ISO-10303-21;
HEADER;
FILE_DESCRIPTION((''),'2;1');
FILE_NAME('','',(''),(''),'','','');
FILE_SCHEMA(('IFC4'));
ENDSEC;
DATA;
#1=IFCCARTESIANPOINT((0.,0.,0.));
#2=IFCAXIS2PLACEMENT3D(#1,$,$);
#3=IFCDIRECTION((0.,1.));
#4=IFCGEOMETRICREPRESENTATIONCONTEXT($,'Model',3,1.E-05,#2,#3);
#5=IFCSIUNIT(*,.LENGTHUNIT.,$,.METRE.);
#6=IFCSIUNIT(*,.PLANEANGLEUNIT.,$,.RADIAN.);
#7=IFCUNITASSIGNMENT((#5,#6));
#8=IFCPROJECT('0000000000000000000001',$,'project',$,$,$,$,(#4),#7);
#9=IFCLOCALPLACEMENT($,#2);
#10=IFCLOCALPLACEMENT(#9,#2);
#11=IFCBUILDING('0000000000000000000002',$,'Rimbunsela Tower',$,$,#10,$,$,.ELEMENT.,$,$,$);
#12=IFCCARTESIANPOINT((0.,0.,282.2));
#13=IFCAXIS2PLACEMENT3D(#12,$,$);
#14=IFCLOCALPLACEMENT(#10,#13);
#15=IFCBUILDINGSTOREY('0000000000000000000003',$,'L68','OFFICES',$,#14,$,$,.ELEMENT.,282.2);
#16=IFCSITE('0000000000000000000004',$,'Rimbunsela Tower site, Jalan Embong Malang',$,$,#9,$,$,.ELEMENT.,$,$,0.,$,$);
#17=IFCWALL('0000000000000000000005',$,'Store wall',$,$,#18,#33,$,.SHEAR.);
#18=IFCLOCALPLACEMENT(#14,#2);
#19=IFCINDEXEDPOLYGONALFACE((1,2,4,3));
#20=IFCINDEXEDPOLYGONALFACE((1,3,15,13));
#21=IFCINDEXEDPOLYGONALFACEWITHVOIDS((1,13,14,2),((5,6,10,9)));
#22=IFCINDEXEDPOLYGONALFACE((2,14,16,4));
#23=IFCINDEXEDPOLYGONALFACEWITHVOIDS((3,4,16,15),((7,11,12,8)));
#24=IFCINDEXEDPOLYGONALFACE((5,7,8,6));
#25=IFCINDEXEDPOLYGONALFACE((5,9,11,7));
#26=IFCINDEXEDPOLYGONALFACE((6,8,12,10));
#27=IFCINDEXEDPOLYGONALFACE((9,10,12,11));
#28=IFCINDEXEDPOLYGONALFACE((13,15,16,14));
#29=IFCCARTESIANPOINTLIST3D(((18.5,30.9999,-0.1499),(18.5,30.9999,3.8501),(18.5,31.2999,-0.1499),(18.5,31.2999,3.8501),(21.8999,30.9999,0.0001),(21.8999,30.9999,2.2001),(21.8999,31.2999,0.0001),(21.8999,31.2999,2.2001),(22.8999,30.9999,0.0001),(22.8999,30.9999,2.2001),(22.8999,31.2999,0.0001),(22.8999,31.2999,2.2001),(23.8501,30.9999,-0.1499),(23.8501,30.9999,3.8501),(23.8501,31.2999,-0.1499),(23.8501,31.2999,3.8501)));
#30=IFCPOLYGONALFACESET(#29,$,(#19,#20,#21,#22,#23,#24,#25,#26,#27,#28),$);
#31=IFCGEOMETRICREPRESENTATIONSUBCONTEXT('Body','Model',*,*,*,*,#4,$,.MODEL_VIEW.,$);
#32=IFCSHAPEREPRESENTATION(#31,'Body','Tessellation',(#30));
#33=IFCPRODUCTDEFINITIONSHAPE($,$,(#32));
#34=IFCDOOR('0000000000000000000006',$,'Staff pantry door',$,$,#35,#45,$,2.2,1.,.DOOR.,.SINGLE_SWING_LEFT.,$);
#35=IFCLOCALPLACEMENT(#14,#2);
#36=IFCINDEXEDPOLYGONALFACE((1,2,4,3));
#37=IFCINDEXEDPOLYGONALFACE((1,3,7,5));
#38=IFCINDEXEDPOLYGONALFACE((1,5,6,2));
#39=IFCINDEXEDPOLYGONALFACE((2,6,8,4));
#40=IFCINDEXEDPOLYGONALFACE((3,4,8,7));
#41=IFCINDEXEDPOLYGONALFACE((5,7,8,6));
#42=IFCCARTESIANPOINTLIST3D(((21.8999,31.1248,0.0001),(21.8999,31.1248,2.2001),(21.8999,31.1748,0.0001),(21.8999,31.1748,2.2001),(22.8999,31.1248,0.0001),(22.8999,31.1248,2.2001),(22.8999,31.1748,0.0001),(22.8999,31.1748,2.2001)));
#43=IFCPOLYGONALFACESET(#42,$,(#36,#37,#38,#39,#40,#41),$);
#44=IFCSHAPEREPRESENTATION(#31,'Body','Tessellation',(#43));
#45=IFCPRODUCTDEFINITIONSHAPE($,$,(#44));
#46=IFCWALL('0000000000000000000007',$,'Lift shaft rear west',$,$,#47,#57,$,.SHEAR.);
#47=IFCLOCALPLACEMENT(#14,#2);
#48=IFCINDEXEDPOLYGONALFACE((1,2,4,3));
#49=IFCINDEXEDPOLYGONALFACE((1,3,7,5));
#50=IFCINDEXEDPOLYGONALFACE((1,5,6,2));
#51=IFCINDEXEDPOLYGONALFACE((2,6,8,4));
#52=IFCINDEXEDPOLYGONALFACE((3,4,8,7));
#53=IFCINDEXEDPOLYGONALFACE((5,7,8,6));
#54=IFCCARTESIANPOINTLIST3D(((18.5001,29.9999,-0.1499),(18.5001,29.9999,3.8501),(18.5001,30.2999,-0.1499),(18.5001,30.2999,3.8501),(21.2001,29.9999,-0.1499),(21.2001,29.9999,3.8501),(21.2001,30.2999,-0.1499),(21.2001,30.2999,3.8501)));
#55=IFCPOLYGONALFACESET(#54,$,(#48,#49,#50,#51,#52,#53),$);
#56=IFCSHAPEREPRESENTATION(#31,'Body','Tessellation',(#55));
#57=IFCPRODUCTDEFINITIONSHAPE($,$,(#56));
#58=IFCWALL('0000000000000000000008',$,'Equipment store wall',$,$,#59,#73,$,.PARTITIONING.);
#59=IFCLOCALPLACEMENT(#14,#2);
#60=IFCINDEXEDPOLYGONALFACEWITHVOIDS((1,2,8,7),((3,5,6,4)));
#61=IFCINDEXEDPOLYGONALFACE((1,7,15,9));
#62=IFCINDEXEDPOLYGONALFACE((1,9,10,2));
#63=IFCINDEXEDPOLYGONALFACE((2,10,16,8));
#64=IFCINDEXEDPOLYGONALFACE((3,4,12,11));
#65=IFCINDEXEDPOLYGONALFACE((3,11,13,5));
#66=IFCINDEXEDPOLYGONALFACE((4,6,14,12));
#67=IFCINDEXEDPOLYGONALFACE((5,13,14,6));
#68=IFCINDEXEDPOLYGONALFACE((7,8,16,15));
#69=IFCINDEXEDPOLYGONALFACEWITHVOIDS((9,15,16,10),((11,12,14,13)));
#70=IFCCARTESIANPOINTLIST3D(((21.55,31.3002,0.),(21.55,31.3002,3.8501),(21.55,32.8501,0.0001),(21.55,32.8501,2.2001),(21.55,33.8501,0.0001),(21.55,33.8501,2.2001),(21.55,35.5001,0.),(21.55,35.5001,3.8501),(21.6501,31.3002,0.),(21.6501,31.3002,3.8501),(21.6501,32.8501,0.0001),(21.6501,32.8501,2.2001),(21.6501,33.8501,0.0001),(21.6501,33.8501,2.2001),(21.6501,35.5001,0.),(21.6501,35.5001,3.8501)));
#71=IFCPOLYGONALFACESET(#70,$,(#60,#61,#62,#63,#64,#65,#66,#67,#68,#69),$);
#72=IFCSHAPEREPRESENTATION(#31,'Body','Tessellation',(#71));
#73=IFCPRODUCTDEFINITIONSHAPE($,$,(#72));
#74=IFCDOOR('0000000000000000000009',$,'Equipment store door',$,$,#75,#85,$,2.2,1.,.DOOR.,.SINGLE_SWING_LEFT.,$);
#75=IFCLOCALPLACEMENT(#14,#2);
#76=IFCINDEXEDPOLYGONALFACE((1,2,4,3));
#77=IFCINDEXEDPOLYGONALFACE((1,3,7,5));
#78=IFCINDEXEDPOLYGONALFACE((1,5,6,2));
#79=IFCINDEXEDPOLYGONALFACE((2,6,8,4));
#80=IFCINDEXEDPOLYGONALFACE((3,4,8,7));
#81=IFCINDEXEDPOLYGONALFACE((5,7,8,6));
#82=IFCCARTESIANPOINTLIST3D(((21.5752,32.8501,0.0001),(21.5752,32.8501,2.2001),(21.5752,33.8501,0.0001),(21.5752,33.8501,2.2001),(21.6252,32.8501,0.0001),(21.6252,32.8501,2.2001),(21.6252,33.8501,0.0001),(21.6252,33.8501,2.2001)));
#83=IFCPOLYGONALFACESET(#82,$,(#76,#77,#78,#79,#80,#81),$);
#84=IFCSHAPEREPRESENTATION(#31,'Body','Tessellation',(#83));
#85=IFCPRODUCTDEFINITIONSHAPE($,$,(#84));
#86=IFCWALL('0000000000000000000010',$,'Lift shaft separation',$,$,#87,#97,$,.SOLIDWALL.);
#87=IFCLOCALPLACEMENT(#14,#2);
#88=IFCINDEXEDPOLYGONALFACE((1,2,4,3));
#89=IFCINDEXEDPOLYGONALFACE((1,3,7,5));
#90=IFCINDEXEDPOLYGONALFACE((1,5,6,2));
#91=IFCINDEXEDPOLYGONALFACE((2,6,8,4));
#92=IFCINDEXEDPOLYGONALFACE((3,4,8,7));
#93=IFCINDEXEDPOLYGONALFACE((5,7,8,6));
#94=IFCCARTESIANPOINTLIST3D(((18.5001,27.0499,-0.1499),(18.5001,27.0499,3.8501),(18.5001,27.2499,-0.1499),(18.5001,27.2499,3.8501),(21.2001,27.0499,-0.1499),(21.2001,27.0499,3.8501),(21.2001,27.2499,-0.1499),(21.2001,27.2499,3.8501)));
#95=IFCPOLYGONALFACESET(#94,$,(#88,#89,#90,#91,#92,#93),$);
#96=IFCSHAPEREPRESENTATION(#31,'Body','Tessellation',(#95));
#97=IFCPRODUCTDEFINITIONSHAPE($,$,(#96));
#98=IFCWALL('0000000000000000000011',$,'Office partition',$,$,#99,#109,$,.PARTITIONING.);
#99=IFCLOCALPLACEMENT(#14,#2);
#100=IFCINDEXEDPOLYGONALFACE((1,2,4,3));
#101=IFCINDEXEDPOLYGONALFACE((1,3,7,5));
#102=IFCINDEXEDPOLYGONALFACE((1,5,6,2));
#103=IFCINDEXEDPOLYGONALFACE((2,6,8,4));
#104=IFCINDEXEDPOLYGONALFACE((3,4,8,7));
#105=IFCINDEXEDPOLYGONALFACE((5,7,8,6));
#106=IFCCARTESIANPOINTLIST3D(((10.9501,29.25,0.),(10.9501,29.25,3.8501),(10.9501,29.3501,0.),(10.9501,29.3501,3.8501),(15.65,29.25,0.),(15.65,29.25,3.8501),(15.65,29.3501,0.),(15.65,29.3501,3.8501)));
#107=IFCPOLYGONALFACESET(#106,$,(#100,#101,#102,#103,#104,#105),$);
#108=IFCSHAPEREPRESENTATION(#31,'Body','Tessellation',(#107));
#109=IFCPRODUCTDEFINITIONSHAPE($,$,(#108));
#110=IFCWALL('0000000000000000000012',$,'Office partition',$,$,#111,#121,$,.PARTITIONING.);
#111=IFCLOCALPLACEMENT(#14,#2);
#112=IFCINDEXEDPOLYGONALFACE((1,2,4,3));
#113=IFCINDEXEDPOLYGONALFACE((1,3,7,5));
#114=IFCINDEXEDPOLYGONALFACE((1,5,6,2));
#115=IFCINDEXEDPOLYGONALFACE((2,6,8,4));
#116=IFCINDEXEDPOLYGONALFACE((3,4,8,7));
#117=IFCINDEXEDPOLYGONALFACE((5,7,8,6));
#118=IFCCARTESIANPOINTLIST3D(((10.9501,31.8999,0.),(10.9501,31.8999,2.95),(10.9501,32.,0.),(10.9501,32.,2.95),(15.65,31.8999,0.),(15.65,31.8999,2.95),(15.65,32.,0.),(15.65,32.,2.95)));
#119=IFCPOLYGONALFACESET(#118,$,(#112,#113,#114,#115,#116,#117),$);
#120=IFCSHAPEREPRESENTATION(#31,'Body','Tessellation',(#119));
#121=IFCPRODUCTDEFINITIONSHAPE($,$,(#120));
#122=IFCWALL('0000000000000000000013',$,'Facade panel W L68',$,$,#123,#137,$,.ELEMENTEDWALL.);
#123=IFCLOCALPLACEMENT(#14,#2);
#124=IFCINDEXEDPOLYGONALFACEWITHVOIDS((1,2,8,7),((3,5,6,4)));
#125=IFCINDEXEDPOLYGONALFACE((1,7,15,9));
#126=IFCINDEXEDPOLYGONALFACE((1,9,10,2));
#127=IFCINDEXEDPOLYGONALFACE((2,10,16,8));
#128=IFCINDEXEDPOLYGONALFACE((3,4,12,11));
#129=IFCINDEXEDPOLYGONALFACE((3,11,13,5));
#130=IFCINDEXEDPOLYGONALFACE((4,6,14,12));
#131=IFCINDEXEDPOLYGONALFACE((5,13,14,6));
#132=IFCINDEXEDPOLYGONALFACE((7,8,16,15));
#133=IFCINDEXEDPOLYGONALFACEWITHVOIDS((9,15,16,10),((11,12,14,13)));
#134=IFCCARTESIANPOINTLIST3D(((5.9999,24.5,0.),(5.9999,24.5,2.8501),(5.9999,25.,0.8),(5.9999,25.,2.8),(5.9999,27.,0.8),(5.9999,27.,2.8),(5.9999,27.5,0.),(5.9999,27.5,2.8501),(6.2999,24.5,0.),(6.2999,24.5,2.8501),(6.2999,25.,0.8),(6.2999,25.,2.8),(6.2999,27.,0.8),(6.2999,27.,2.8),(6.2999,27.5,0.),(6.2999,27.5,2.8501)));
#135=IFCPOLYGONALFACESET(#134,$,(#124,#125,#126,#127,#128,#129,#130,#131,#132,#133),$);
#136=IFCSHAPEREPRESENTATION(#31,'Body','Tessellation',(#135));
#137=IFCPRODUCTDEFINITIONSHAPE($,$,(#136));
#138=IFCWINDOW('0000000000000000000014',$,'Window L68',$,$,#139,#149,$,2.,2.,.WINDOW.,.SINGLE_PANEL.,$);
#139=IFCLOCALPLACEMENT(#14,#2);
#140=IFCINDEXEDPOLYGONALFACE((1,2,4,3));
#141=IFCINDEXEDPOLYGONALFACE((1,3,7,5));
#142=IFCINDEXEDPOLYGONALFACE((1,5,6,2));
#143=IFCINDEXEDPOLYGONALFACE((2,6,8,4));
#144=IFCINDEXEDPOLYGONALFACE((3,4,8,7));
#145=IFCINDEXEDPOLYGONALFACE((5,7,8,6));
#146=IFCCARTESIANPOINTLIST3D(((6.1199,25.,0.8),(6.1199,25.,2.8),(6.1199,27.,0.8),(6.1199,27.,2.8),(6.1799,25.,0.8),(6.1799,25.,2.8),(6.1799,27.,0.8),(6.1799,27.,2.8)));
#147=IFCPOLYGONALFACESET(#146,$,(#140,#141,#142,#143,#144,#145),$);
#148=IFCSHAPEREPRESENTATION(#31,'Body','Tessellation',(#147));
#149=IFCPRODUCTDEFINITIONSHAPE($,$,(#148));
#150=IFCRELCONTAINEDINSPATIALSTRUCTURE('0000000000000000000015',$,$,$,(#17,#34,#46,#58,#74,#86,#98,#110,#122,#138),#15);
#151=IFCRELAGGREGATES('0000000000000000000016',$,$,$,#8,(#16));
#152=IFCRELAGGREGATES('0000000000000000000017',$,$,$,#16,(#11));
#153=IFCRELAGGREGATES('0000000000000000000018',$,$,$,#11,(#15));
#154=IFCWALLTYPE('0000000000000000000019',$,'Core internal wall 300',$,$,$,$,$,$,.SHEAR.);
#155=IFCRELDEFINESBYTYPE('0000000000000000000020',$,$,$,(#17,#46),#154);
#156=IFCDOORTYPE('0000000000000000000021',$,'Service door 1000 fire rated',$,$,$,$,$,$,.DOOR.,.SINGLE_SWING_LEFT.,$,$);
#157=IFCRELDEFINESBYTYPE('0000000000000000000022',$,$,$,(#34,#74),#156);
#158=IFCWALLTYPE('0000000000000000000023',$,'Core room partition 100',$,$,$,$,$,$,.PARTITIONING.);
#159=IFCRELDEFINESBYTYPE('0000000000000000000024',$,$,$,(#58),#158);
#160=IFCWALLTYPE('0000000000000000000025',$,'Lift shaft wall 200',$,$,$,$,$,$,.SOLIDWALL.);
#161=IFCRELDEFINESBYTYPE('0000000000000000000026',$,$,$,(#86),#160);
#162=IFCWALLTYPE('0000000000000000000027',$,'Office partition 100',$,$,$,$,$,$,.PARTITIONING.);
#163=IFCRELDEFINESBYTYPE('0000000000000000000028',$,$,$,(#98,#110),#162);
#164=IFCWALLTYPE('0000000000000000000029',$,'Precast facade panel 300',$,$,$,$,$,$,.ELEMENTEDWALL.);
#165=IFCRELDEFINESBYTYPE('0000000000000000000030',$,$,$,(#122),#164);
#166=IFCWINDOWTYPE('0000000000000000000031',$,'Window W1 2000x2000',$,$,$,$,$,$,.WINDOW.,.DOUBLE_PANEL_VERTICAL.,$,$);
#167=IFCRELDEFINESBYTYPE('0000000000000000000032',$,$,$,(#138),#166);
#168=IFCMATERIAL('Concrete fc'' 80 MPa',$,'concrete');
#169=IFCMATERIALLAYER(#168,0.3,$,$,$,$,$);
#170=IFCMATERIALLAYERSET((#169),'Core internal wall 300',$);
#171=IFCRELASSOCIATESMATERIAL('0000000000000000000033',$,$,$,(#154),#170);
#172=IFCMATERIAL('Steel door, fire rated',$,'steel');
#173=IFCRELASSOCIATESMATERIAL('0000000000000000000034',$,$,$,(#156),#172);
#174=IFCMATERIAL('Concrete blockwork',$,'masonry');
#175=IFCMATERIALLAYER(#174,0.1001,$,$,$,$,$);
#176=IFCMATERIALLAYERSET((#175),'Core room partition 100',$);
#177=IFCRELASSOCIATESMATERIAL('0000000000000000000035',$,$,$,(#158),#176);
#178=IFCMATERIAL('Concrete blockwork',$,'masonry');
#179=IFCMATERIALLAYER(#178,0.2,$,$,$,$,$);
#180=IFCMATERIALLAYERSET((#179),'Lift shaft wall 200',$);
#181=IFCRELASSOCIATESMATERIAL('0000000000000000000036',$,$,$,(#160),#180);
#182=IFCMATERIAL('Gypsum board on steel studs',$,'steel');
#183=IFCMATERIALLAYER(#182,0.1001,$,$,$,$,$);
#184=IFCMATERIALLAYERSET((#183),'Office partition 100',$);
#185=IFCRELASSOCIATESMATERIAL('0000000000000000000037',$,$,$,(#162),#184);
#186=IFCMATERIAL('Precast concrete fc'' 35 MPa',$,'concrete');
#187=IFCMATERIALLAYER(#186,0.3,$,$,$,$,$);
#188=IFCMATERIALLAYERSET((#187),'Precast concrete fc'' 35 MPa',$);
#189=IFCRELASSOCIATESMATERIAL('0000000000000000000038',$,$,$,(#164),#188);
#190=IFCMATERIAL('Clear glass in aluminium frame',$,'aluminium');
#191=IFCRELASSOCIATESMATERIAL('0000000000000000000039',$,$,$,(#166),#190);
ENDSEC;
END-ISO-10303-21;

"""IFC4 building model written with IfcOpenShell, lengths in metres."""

from ifc_helpers import new_model, si_unit, direction, frame, frame_2d, origin, place, context, subcontext, project, spatial, rectangle, extrude, material, layer, layer_set, type_object, element, fill, save


model = new_model("IFC4")

# Units and contexts
model_context = context("Model", 3, precision=1e-05, world=origin(), true_north=direction((0.0, 1.0)))
body_context = subcontext(model_context, "Body", "Model", "MODEL_VIEW")
ifc_project = project(units=[si_unit("LENGTHUNIT", "METRE"), si_unit("PLANEANGLEUNIT", "RADIAN")], contexts=[model_context])

# Site, building, storey
site_placement = place(None, origin())
site = spatial("IfcSite", under=ifc_project, at=site_placement, Name="Rimbunsela Tower site, Jalan Embong Malang", CompositionType="ELEMENT", RefElevation=0.0)
building_placement = place(site_placement, origin())
building = spatial("IfcBuilding", under=site, at=building_placement, Name="Rimbunsela Tower", CompositionType="ELEMENT")
storey_placement = place(building_placement, frame((0.0, 0.0, 282.2)))
storey = spatial("IfcBuildingStorey", under=building, at=storey_placement, Name="L68", Description="OFFICES", CompositionType="ELEMENT", Elevation=282.2)

# Wall, opening, door
ifc_material_1 = material(Name="Concrete fc' 80 MPa", Category="concrete")
ifc_layer_1 = layer(ifc_material_1, 0.3)
ifc_layer_set_1 = layer_set([ifc_layer_1], Name="Core internal wall 300")
wall_type_1 = type_object("IfcWallType", Name="Core internal wall 300", PredefinedType="SHEAR", material=ifc_layer_set_1)
wall_1_placement = place(storey_placement, frame((18.5, 31.1499, -0.1499), z_axis=(0.0, 0.0, 1.0), x_axis=(1.0, 0.0, 0.0)))
wall_1 = element("IfcWall", 1, at=wall_1_placement, inside=storey, type_object=wall_type_1, Name="Store wall", PredefinedType="SHEAR", context=body_context, shape_type="SweptSolid", body=[
    extrude(rectangle(XDim=5.3501, YDim=0.3, at=frame_2d((2.675, 0.0))), origin(), (0.0, 0.0, 1.0), 4.0),
])
opening_1_placement = place(wall_1_placement, frame((3.3999, 0.0, 0.1499)))
opening_1 = element("IfcOpeningElement", 2, at=opening_1_placement, cuts=wall_1, PredefinedType="OPENING", context=body_context, shape_type="SweptSolid", body=[
    extrude(rectangle(XDim=1.0, YDim=2.2, at=frame_2d((0.5, 1.1001))), frame((0.0, 0.1599, 0.0), z_axis=(0.0, -1.0, 0.0), x_axis=(1.0, 0.0, 0.0)), (0.0, 0.0, 1.0), 0.3201),
])
ifc_material_2 = material(Name="Steel door, fire rated", Category="steel")
door_type = type_object("IfcDoorType", Name="Service door 1000 fire rated", OperationType="SINGLE_SWING_LEFT", PredefinedType="DOOR", material=ifc_material_2)
door_1_placement = place(opening_1_placement, origin())
door_1 = element("IfcDoor", 3, at=door_1_placement, inside=storey, type_object=door_type, Name="Staff pantry door", OperationType="SINGLE_SWING_LEFT", OverallHeight=2.2, OverallWidth=1.0, PredefinedType="DOOR", context=body_context, shape_type="SweptSolid", body=[
    extrude(rectangle(XDim=1.0, YDim=2.2, at=frame_2d((0.5, 1.1001))), frame((0.0, 0.0249, 0.0), z_axis=(0.0, -1.0, 0.0), x_axis=(1.0, 0.0, 0.0)), (0.0, 0.0, 1.0), 0.05),
])
fill(opening_1, door_1)

# Wall
wall_2_placement = place(storey_placement, frame((18.5, 30.1499, -0.1499), z_axis=(0.0, 0.0, 1.0), x_axis=(1.0, 0.0, 0.0)))
element("IfcWall", 4, at=wall_2_placement, inside=storey, type_object=wall_type_1, Name="Lift shaft rear west", PredefinedType="SHEAR", context=body_context, shape_type="SweptSolid", body=[
    extrude(rectangle(XDim=2.7, YDim=0.3, at=frame_2d((1.3501, 0.0))), origin(), (0.0, 0.0, 1.0), 4.0),
])

# Wall, opening, door
ifc_material_3 = material(Name="Concrete blockwork", Category="masonry")
ifc_layer_2 = layer(ifc_material_3, 0.1001)
ifc_layer_set_2 = layer_set([ifc_layer_2], Name="Core room partition 100")
wall_type_2 = type_object("IfcWallType", Name="Core room partition 100", PredefinedType="PARTITIONING", material=ifc_layer_set_2)
wall_3_placement = place(storey_placement, frame((21.6001, 31.3, 0.0), z_axis=(0.0, 0.0, 1.0), x_axis=(0.0, 1.0, 0.0)))
wall_3 = element("IfcWall", 5, at=wall_3_placement, inside=storey, type_object=wall_type_2, Name="Equipment store wall", PredefinedType="PARTITIONING", context=body_context, shape_type="SweptSolid", body=[
    extrude(rectangle(XDim=4.2, YDim=0.1001, at=frame_2d((2.1001, 0.0))), origin(), (0.0, 0.0, 1.0), 3.8501),
])
opening_2_placement = place(wall_3_placement, frame((1.55, 0.0, 0.0)))
opening_2 = element("IfcOpeningElement", 6, at=opening_2_placement, cuts=wall_3, PredefinedType="OPENING", context=body_context, shape_type="SweptSolid", body=[
    extrude(rectangle(XDim=1.0, YDim=2.2, at=frame_2d((0.5, 1.1001))), frame((0.0, 0.0601, 0.0), z_axis=(0.0, -1.0, 0.0), x_axis=(1.0, 0.0, 0.0)), (0.0, 0.0, 1.0), 0.1201),
])
door_2_placement = place(opening_2_placement, origin())
door_2 = element("IfcDoor", 7, at=door_2_placement, inside=storey, type_object=door_type, Name="Equipment store door", OperationType="SINGLE_SWING_LEFT", OverallHeight=2.2, OverallWidth=1.0, PredefinedType="DOOR", context=body_context, shape_type="SweptSolid", body=[
    extrude(rectangle(XDim=1.0, YDim=2.2, at=frame_2d((0.5, 1.1001))), frame((0.0, 0.0249, 0.0), z_axis=(0.0, -1.0, 0.0), x_axis=(1.0, 0.0, 0.0)), (0.0, 0.0, 1.0), 0.05),
])
fill(opening_2, door_2)

# Walls
ifc_material_4 = material(Name="Concrete blockwork", Category="masonry")
ifc_layer_3 = layer(ifc_material_4, 0.2)
ifc_layer_set_3 = layer_set([ifc_layer_3], Name="Lift shaft wall 200")
wall_type_3 = type_object("IfcWallType", Name="Lift shaft wall 200", PredefinedType="SOLIDWALL", material=ifc_layer_set_3)
wall_4_placement = place(storey_placement, frame((18.5, 27.1499, -0.1499), z_axis=(0.0, 0.0, 1.0), x_axis=(1.0, 0.0, 0.0)))
element("IfcWall", 8, at=wall_4_placement, inside=storey, type_object=wall_type_3, Name="Lift shaft separation", PredefinedType="SOLIDWALL", context=body_context, shape_type="SweptSolid", body=[
    extrude(rectangle(XDim=2.7, YDim=0.2, at=frame_2d((1.3501, 0.0))), origin(), (0.0, 0.0, 1.0), 4.0),
])
ifc_material_5 = material(Name="Gypsum board on steel studs", Category="steel")
ifc_layer_4 = layer(ifc_material_5, 0.1001)
ifc_layer_set_4 = layer_set([ifc_layer_4], Name="Office partition 100")
wall_type_4 = type_object("IfcWallType", Name="Office partition 100", PredefinedType="PARTITIONING", material=ifc_layer_set_4)
wall_5_placement = place(storey_placement, frame((10.95, 29.3, 0.0), z_axis=(0.0, 0.0, 1.0), x_axis=(1.0, 0.0, 0.0)))
element("IfcWall", 9, at=wall_5_placement, inside=storey, type_object=wall_type_4, Name="Office partition", PredefinedType="PARTITIONING", context=body_context, shape_type="SweptSolid", body=[
    extrude(rectangle(XDim=4.7, YDim=0.1001, at=frame_2d((2.3501, 0.0))), origin(), (0.0, 0.0, 1.0), 3.8501),
])
wall_6_placement = place(storey_placement, frame((10.95, 31.95, 0.0), z_axis=(0.0, 0.0, 1.0), x_axis=(1.0, 0.0, 0.0)))
element("IfcWall", 10, at=wall_6_placement, inside=storey, type_object=wall_type_4, Name="Office partition", PredefinedType="PARTITIONING", context=body_context, shape_type="SweptSolid", body=[
    extrude(rectangle(XDim=4.7, YDim=0.1001, at=frame_2d((2.3501, 0.0))), origin(), (0.0, 0.0, 1.0), 2.95),
])

# Wall, opening, window
ifc_material_6 = material(Name="Precast concrete fc' 35 MPa", Category="concrete")
ifc_layer_5 = layer(ifc_material_6, 0.3)
ifc_layer_set_5 = layer_set([ifc_layer_5], Name="Precast concrete fc' 35 MPa")
wall_type_5 = type_object("IfcWallType", Name="Precast facade panel 300", PredefinedType="ELEMENTEDWALL", material=ifc_layer_set_5)
wall_7_placement = place(storey_placement, frame((6.1499, 27.5, 0.0), z_axis=(0.0, 0.0, 1.0), x_axis=(0.0, -1.0, 0.0)))
wall_7 = element("IfcWall", 11, at=wall_7_placement, inside=storey, type_object=wall_type_5, Name="Facade panel W L68", PredefinedType="ELEMENTEDWALL", context=body_context, shape_type="SweptSolid", body=[
    extrude(rectangle(XDim=3.0, YDim=0.3, at=frame_2d((1.5, 0.0))), origin(), (0.0, 0.0, 1.0), 2.8501),
])
opening_3_placement = place(wall_7_placement, frame((0.5, 0.0, 0.8)))
opening_3 = element("IfcOpeningElement", 12, at=opening_3_placement, cuts=wall_7, PredefinedType="OPENING", context=body_context, shape_type="SweptSolid", body=[
    extrude(rectangle(XDim=2.0, YDim=2.0, at=frame_2d((1.0, 1.0))), frame((0.0, 0.1599, 0.0), z_axis=(0.0, -1.0, 0.0), x_axis=(1.0, 0.0, 0.0)), (0.0, 0.0, 1.0), 0.3201),
])
ifc_material_7 = material(Name="Clear glass in aluminium frame", Category="aluminium")
window_type = type_object("IfcWindowType", Name="Window W1 2000x2000", PartitioningType="DOUBLE_PANEL_VERTICAL", PredefinedType="WINDOW", material=ifc_material_7)
window_1_placement = place(opening_3_placement, origin())
window_1 = element("IfcWindow", 13, at=window_1_placement, inside=storey, type_object=window_type, Name="Window L68", OverallHeight=2.0, OverallWidth=2.0, PartitioningType="SINGLE_PANEL", PredefinedType="WINDOW", context=body_context, shape_type="SweptSolid", body=[
    extrude(rectangle(XDim=2.0, YDim=2.0, at=frame_2d((1.0, 1.0))), frame((0.0, 0.03, 0.0), z_axis=(0.0, -1.0, 0.0), x_axis=(1.0, 0.0, 0.0)), (0.0, 0.0, 1.0), 0.0601),
])
fill(opening_3, window_1)

save(model, "model.ifc")
